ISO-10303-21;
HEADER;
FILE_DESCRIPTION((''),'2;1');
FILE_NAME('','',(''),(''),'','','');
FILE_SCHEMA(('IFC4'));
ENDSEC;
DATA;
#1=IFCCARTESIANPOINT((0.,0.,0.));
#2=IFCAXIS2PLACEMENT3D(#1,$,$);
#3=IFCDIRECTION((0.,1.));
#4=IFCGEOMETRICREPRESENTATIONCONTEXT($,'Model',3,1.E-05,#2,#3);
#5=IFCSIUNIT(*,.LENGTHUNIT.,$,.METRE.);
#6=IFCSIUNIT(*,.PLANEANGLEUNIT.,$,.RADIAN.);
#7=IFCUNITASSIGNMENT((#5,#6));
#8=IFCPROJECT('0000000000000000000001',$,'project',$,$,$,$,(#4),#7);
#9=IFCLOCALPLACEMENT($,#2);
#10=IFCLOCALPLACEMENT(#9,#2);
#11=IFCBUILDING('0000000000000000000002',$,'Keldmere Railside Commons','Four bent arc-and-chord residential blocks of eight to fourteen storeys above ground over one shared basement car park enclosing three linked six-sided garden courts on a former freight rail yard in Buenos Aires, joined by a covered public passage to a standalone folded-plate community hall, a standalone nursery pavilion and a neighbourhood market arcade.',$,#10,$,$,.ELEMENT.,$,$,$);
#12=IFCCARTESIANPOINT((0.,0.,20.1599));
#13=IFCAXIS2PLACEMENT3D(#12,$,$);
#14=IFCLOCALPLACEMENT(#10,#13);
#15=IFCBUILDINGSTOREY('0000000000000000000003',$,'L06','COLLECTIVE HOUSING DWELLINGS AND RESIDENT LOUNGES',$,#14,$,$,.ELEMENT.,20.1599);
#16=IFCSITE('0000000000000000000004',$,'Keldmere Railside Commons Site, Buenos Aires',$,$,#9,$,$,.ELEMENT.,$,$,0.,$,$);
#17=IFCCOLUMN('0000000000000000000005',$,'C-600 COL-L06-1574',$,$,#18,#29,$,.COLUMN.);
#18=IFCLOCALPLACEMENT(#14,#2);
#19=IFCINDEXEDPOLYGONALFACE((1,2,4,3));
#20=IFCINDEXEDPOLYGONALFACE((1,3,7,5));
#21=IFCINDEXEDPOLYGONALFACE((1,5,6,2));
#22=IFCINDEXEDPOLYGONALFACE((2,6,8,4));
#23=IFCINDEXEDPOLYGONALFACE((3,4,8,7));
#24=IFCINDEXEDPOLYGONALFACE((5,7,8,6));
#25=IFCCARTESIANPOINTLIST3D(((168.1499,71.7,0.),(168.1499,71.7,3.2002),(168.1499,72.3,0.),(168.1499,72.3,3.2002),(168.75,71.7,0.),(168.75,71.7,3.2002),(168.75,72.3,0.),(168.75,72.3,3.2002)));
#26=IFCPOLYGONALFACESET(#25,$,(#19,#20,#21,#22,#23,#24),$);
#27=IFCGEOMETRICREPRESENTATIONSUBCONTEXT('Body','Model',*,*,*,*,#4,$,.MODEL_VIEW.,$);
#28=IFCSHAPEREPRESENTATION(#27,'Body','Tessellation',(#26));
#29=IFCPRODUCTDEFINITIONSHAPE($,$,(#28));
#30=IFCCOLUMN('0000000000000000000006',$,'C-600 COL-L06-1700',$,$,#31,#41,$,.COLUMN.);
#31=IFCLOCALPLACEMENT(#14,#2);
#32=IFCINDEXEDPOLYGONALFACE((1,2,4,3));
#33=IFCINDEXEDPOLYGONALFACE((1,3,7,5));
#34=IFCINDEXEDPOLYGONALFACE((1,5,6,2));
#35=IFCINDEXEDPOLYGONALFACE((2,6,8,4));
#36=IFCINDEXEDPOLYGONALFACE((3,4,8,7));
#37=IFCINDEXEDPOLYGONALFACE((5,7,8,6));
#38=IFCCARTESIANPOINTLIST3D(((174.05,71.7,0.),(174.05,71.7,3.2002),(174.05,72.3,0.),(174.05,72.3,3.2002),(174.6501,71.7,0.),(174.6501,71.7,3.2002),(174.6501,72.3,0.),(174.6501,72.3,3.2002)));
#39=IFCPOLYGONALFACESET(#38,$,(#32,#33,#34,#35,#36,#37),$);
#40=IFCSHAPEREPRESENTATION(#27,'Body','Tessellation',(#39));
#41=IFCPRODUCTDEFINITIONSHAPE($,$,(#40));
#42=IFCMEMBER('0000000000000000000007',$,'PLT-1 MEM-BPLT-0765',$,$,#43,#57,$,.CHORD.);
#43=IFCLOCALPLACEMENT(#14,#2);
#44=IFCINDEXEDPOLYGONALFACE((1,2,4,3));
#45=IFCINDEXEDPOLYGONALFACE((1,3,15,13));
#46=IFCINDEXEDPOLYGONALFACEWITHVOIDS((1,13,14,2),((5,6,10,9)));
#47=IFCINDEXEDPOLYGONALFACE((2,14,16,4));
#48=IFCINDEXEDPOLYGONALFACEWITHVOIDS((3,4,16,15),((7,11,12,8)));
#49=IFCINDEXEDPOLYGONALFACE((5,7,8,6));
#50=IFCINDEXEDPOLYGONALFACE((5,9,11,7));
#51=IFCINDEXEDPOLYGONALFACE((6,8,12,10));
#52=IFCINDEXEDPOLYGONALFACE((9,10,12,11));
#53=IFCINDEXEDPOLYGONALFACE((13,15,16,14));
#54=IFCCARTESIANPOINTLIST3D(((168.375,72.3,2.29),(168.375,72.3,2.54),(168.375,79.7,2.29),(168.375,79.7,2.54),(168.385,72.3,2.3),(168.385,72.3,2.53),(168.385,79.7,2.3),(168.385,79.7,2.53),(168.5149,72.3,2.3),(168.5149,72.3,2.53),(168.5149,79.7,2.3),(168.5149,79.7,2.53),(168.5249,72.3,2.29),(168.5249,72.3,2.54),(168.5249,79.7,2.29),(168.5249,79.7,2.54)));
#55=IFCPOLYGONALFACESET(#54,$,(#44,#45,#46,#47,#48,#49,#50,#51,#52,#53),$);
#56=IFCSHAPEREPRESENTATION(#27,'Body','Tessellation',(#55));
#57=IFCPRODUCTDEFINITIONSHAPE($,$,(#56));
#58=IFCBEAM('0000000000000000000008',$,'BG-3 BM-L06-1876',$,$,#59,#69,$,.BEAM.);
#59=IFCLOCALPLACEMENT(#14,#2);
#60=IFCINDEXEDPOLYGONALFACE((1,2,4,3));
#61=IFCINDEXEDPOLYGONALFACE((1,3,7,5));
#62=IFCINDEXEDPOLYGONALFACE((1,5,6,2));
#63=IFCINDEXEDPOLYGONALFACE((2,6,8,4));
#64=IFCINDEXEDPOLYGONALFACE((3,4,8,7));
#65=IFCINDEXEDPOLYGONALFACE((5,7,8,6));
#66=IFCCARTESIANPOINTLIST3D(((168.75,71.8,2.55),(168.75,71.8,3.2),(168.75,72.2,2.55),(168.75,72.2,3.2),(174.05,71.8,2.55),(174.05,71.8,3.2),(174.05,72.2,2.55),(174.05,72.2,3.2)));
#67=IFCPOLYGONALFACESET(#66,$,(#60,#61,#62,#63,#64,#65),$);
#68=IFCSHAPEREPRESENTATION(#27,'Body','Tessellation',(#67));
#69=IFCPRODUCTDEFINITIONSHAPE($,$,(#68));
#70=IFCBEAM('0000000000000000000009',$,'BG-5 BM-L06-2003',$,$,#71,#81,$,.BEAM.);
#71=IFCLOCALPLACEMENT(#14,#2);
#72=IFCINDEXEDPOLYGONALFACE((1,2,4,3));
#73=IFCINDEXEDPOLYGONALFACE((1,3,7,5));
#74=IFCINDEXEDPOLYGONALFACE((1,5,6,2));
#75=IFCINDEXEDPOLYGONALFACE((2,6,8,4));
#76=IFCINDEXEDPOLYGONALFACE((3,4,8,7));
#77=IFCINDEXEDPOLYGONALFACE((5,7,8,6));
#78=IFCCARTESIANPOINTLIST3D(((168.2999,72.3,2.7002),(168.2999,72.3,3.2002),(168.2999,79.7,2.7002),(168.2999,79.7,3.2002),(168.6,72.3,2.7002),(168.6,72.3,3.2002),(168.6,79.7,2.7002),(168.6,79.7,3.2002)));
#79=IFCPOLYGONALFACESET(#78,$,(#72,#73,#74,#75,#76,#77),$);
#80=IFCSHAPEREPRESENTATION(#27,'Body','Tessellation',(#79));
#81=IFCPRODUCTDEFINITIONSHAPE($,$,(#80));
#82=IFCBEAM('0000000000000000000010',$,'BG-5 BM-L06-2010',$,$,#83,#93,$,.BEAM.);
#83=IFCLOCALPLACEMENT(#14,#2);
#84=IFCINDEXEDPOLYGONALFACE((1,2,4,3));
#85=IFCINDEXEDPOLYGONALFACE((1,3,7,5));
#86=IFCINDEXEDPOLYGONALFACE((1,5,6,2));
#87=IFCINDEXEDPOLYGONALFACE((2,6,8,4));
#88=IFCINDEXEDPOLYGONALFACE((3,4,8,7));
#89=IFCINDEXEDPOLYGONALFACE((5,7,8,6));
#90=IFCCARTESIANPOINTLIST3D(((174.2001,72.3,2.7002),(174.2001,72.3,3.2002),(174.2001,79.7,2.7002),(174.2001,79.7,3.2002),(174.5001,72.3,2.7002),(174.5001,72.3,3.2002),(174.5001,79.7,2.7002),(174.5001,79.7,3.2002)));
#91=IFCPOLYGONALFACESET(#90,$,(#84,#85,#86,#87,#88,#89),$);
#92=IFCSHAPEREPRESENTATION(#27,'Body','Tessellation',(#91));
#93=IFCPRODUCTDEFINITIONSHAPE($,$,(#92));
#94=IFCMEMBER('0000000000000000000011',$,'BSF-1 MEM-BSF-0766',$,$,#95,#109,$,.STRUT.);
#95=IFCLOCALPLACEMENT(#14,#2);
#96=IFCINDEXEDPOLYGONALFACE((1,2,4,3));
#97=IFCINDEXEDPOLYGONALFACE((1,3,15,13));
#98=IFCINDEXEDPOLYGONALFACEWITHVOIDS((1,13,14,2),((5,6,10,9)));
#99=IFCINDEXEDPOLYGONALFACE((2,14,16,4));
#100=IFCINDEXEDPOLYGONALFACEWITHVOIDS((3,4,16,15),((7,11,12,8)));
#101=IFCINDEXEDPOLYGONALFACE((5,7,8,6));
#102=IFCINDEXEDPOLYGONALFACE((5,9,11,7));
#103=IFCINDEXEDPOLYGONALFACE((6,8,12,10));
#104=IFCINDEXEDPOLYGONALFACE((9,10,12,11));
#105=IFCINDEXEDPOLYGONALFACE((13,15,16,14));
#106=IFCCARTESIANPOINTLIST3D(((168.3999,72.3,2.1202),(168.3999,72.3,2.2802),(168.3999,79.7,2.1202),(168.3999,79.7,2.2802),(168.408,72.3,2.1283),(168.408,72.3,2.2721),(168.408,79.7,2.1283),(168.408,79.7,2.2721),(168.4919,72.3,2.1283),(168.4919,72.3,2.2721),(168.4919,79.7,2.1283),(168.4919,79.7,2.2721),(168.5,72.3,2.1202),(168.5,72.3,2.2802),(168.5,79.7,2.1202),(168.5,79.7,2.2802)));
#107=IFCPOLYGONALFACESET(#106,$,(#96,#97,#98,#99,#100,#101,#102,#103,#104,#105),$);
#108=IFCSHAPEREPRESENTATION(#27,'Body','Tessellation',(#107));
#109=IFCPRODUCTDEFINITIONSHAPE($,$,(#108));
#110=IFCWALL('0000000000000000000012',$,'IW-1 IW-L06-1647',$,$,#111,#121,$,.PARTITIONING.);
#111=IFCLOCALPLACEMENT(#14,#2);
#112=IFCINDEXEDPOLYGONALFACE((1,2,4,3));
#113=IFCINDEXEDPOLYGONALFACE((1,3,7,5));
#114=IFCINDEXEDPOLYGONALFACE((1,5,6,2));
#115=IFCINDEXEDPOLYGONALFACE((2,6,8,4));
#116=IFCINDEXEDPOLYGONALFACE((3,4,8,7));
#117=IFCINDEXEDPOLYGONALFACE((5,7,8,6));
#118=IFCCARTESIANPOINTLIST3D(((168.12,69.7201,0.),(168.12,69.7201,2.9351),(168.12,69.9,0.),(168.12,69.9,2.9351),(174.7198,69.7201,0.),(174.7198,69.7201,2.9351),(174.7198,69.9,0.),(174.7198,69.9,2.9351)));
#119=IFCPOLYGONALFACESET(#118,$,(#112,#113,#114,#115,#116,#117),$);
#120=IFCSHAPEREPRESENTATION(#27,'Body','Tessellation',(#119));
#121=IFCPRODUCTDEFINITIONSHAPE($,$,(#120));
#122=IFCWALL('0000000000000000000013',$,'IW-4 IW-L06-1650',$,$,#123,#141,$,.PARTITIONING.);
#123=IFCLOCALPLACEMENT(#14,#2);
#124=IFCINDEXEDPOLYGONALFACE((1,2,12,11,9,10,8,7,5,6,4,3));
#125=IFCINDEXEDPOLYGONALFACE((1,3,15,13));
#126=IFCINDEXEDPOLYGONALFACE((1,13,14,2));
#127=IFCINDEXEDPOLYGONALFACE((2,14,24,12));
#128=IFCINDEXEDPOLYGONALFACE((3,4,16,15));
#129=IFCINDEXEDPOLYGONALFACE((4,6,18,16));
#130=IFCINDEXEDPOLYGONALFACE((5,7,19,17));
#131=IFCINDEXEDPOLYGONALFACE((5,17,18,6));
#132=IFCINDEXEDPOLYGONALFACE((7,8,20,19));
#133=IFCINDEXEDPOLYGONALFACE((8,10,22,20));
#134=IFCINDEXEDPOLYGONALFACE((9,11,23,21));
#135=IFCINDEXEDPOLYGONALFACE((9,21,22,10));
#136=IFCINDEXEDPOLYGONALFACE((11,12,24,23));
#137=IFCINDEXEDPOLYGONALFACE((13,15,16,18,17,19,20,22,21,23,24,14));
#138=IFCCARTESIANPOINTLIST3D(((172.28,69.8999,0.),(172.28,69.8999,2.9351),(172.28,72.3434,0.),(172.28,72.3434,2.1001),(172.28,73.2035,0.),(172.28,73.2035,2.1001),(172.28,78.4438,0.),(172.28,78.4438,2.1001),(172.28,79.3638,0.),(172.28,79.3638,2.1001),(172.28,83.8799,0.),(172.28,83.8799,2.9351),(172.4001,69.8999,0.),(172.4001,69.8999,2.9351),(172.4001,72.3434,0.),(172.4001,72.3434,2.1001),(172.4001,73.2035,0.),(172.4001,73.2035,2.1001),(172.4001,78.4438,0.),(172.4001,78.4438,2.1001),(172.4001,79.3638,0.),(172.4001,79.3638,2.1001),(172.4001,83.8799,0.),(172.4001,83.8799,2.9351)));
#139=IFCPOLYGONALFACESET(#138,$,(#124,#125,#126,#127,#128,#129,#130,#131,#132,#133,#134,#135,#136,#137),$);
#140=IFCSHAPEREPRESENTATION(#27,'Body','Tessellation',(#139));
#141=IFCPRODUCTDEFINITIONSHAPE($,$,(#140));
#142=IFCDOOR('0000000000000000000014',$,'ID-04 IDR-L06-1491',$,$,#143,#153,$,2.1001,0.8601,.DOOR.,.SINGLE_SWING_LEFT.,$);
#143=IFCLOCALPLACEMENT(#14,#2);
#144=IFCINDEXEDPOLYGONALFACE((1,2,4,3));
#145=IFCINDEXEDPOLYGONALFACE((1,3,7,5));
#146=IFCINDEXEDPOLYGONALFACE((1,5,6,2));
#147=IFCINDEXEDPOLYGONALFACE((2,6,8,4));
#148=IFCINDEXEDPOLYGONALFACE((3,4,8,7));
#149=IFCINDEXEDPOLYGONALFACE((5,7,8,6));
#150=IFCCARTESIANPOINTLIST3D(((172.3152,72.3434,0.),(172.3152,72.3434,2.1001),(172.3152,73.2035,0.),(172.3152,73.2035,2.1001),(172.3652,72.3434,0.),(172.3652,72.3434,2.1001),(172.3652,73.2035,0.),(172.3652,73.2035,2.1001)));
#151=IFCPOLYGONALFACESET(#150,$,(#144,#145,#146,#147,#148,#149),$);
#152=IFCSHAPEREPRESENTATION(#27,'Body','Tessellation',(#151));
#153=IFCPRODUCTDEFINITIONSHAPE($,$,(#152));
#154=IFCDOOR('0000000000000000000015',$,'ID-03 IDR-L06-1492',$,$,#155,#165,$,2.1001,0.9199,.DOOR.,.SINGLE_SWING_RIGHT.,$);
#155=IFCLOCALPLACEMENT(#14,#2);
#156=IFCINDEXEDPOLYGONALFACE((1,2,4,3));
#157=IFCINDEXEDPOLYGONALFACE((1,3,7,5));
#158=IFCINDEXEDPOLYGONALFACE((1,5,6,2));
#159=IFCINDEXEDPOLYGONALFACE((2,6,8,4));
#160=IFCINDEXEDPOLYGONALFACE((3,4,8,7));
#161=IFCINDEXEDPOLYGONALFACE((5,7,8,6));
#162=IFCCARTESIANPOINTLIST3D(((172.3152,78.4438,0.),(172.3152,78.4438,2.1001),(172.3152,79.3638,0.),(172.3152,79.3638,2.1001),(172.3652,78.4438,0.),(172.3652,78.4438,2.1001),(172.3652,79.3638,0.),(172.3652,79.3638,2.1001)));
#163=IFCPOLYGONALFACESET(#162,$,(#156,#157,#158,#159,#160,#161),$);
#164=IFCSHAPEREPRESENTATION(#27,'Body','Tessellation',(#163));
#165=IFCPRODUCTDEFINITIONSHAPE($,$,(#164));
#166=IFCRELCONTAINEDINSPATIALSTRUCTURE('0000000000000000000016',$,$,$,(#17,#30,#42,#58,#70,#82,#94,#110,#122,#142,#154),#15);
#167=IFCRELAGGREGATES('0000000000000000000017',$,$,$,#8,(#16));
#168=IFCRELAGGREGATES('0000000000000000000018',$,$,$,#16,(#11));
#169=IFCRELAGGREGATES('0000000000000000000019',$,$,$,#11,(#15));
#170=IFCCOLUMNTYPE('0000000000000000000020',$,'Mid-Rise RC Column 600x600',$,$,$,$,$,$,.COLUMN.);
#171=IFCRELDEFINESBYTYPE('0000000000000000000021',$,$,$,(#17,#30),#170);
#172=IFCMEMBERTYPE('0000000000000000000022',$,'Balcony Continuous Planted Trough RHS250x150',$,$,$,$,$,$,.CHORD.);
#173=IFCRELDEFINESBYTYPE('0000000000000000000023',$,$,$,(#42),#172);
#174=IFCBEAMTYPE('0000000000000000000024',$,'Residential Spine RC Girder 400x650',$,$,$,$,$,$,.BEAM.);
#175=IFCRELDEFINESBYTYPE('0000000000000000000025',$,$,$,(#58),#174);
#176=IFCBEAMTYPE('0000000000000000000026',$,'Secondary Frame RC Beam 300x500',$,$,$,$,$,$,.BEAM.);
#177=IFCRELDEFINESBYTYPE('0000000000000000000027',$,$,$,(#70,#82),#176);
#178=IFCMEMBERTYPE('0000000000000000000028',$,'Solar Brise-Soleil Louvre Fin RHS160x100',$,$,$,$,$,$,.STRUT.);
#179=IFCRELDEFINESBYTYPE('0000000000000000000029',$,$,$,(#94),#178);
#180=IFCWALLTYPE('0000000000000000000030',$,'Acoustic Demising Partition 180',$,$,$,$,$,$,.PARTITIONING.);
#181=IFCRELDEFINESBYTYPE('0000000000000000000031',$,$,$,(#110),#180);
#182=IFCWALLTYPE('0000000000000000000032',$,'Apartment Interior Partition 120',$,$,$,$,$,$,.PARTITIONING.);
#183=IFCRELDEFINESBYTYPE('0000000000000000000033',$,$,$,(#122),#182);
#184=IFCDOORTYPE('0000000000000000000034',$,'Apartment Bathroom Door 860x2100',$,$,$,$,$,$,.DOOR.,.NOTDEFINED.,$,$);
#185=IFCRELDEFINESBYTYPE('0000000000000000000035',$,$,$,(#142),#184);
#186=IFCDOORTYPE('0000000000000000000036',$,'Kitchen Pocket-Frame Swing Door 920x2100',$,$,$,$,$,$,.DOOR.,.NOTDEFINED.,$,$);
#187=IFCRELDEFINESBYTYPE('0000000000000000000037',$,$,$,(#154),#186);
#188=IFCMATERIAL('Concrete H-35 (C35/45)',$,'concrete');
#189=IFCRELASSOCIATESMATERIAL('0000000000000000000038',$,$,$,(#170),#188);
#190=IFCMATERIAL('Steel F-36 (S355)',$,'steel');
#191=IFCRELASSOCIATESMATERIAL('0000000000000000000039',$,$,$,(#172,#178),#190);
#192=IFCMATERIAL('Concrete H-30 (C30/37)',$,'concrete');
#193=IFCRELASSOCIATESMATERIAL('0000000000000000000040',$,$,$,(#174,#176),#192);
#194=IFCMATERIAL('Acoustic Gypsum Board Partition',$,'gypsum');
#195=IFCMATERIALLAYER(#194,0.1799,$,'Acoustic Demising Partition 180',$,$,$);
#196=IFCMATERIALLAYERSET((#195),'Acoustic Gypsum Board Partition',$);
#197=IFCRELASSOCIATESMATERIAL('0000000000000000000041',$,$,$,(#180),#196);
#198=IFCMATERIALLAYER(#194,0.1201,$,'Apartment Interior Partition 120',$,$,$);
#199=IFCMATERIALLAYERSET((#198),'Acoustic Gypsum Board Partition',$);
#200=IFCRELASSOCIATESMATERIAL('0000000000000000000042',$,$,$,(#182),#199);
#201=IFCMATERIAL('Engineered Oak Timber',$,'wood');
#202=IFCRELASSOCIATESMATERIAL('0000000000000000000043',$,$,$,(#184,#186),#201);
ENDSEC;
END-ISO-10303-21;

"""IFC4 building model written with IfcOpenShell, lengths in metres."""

from ifc_helpers import new_model, si_unit, direction, frame, frame_2d, origin, origin_2d, place, context, subcontext, project, spatial, rectangle, hollow_rectangle, extrude, material, layer, layer_set, material_profile, profile_set, type_object, element, fill, save


model = new_model("IFC4")

# Units and contexts
model_context = context("Model", 3, precision=1e-05, world=origin(), true_north=direction((0.0, 1.0)))
body_context = subcontext(model_context, "Body", "Model", "MODEL_VIEW")
ifc_project = project(units=[si_unit("LENGTHUNIT", "METRE"), si_unit("PLANEANGLEUNIT", "RADIAN")], contexts=[model_context])

# Site, building, storey
site_placement = place(None, origin())
site = spatial("IfcSite", under=ifc_project, at=site_placement, Name="Keldmere Railside Commons Site, Buenos Aires", CompositionType="ELEMENT", RefElevation=0.0)
building_placement = place(site_placement, origin())
building = spatial("IfcBuilding", under=site, at=building_placement, Name="Keldmere Railside Commons", Description="Four bent arc-and-chord residential blocks of eight to fourteen storeys above ground over one shared basement car park enclosing three linked six-sided garden courts on a former freight rail yard in Buenos Aires, joined by a covered public passage to a standalone folded-plate community hall, a standalone nursery pavilion and a neighbourhood market arcade.", CompositionType="ELEMENT")
storey_placement = place(building_placement, frame((0.0, 0.0, 20.1599)))
storey = spatial("IfcBuildingStorey", under=building, at=storey_placement, Name="L06", Description="COLLECTIVE HOUSING DWELLINGS AND RESIDENT LOUNGES", CompositionType="ELEMENT", Elevation=20.1599)

# Columns
ifc_material_1 = material(Name="Concrete H-35 (C35/45)", Category="concrete")
ifc_material_profile_1 = material_profile(ifc_material_1, rectangle(XDim=0.6001, YDim=0.6001, at=origin_2d()), Name="RC-600x600")
ifc_profile_set_1 = profile_set([ifc_material_profile_1], Name="Concrete H-35 (C35/45)")
column_type = type_object("IfcColumnType", Name="Mid-Rise RC Column 600x600", PredefinedType="COLUMN", material=ifc_profile_set_1)
for number, where, z_axis, x_axis, name in (
    (1, (168.45, 72.0, 0.0), (0.0, 0.0, 1.0), (1.0, 0.0, 0.0), "C-600 COL-L06-1574"),
    (2, (174.3501, 72.0, 0.0), (0.0, 0.0, 1.0), (1.0, 0.0, 0.0), "C-600 COL-L06-1700"),
):
    element("IfcColumn", number, at=place(storey_placement, frame(where, z_axis=z_axis, x_axis=x_axis)), inside=storey, type_object=column_type, Name=name, PredefinedType="COLUMN", context=body_context, shape_type="SweptSolid", body=[
        extrude(rectangle(XDim=0.6001, YDim=0.6001, at=origin_2d()), origin(), (0.0, 0.0, 1.0), 3.2002),
    ])

# Member
ifc_material_2 = material(Name="Steel F-36 (S355)", Category="steel")
ifc_material_profile_2 = material_profile(ifc_material_2, hollow_rectangle(XDim=0.1499, YDim=0.25, WallThickness=0.01, at=origin_2d()), Name="RHS-250x150x10")
ifc_profile_set_2 = profile_set([ifc_material_profile_2], Name="Steel F-36 (S355)")
member_type_1 = type_object("IfcMemberType", Name="Balcony Continuous Planted Trough RHS250x150", PredefinedType="CHORD", material=ifc_profile_set_2)
member_1_placement = place(storey_placement, frame((168.45, 72.3, 2.415), z_axis=(0.0, 1.0, 0.0), x_axis=(-1.0, 0.0, 0.0)))
element("IfcMember", 3, at=member_1_placement, inside=storey, type_object=member_type_1, Name="PLT-1 MEM-BPLT-0765", PredefinedType="CHORD", context=body_context, shape_type="SweptSolid", body=[
    extrude(hollow_rectangle(XDim=0.1499, YDim=0.25, WallThickness=0.01, at=origin_2d()), origin(), (0.0, 0.0, 1.0), 7.3999),
])

# Beams
ifc_material_3 = material(Name="Concrete H-30 (C30/37)", Category="concrete")
ifc_material_profile_3 = material_profile(ifc_material_3, rectangle(XDim=0.3999, YDim=0.6499, at=origin_2d()), Name="RC-400x650")
ifc_profile_set_3 = profile_set([ifc_material_profile_3], Name="Concrete H-30 (C30/37)")
beam_type_1 = type_object("IfcBeamType", Name="Residential Spine RC Girder 400x650", PredefinedType="BEAM", material=ifc_profile_set_3)
beam_placement = place(storey_placement, frame((168.75, 72.0, 2.875), z_axis=(1.0, 0.0, 0.0), x_axis=(0.0, 1.0, 0.0)))
element("IfcBeam", 4, at=beam_placement, inside=storey, type_object=beam_type_1, Name="BG-3 BM-L06-1876", PredefinedType="BEAM", context=body_context, shape_type="SweptSolid", body=[
    extrude(rectangle(XDim=0.3999, YDim=0.6499, at=origin_2d()), origin(), (0.0, 0.0, 1.0), 5.3),
])
ifc_material_profile_4 = material_profile(ifc_material_3, rectangle(XDim=0.3, YDim=0.5, at=origin_2d()), Name="RC-300x500")
ifc_profile_set_4 = profile_set([ifc_material_profile_4], Name="Concrete H-30 (C30/37)")
beam_type_2 = type_object("IfcBeamType", Name="Secondary Frame RC Beam 300x500", PredefinedType="BEAM", material=ifc_profile_set_4)
for number, where, z_axis, x_axis, name in (
    (5, (168.45, 72.3, 2.9502), (0.0, 1.0, 0.0), (-1.0, 0.0, 0.0), "BG-5 BM-L06-2003"),
    (6, (174.3501, 72.3, 2.9502), (0.0, 1.0, 0.0), (-1.0, 0.0, 0.0), "BG-5 BM-L06-2010"),
):
    element("IfcBeam", number, at=place(storey_placement, frame(where, z_axis=z_axis, x_axis=x_axis)), inside=storey, type_object=beam_type_2, Name=name, PredefinedType="BEAM", context=body_context, shape_type="SweptSolid", body=[
        extrude(rectangle(XDim=0.3, YDim=0.5, at=origin_2d()), origin(), (0.0, 0.0, 1.0), 7.3999),
    ])

# Member
ifc_material_profile_5 = material_profile(ifc_material_2, hollow_rectangle(XDim=0.1001, YDim=0.1599, WallThickness=0.0081, at=origin_2d()), Name="RHS-160x100x8")
ifc_profile_set_5 = profile_set([ifc_material_profile_5], Name="Steel F-36 (S355)")
member_type_2 = type_object("IfcMemberType", Name="Solar Brise-Soleil Louvre Fin RHS160x100", PredefinedType="STRUT", material=ifc_profile_set_5)
member_2_placement = place(storey_placement, frame((168.45, 72.3, 2.2002), z_axis=(0.0, 1.0, 0.0), x_axis=(-1.0, 0.0, 0.0)))
element("IfcMember", 7, at=member_2_placement, inside=storey, type_object=member_type_2, Name="BSF-1 MEM-BSF-0766", PredefinedType="STRUT", context=body_context, shape_type="SweptSolid", body=[
    extrude(hollow_rectangle(XDim=0.1001, YDim=0.1599, WallThickness=0.0081, at=origin_2d()), origin(), (0.0, 0.0, 1.0), 7.3999),
])

# Wall
ifc_material_4 = material(Name="Acoustic Gypsum Board Partition", Category="gypsum")
ifc_layer_1 = layer(ifc_material_4, 0.1799, Name="Acoustic Demising Partition 180")
ifc_layer_set_1 = layer_set([ifc_layer_1], Name="Acoustic Gypsum Board Partition")
wall_type_1 = type_object("IfcWallType", Name="Acoustic Demising Partition 180", PredefinedType="PARTITIONING", material=ifc_layer_set_1)
wall_1_placement = place(storey_placement, frame((168.1201, 69.8101, 0.0), z_axis=(0.0, 0.0, 1.0), x_axis=(1.0, 0.0, 0.0)))
element("IfcWall", 8, at=wall_1_placement, inside=storey, type_object=wall_type_1, Name="IW-1 IW-L06-1647", PredefinedType="PARTITIONING", context=body_context, shape_type="SweptSolid", body=[
    extrude(rectangle(XDim=6.5999, YDim=0.1799, at=frame_2d((3.2998, 0.0))), origin(), (0.0, 0.0, 1.0), 2.9351),
])

# Wall, openings, doors
ifc_layer_2 = layer(ifc_material_4, 0.1201, Name="Apartment Interior Partition 120")
ifc_layer_set_2 = layer_set([ifc_layer_2], Name="Acoustic Gypsum Board Partition")
wall_type_2 = type_object("IfcWallType", Name="Apartment Interior Partition 120", PredefinedType="PARTITIONING", material=ifc_layer_set_2)
wall_2_placement = place(storey_placement, frame((172.3401, 69.8999, 0.0), z_axis=(0.0, 0.0, 1.0), x_axis=(0.0, 1.0, 0.0)))
wall_2 = element("IfcWall", 9, at=wall_2_placement, inside=storey, type_object=wall_type_2, Name="IW-4 IW-L06-1650", PredefinedType="PARTITIONING", context=body_context, shape_type="SweptSolid", body=[
    extrude(rectangle(XDim=13.98, YDim=0.1201, at=frame_2d((6.99, 0.0))), origin(), (0.0, 0.0, 1.0), 2.9351),
])
opening_1_placement = place(wall_2_placement, frame((2.4434, 0.0, 0.0)))
opening_1 = element("IfcOpeningElement", 10, at=opening_1_placement, cuts=wall_2, PredefinedType="OPENING", context=body_context, shape_type="SweptSolid", body=[
    extrude(rectangle(XDim=0.8601, YDim=2.1001, at=frame_2d((0.4302, 1.05))), frame((0.0, 0.0701, 0.0), z_axis=(0.0, -1.0, 0.0), x_axis=(1.0, 0.0, 0.0)), (0.0, 0.0, 1.0), 0.1401),
])
opening_2_placement = place(wall_2_placement, frame((8.5439, 0.0, 0.0)))
opening_2 = element("IfcOpeningElement", 11, at=opening_2_placement, cuts=wall_2, PredefinedType="OPENING", context=body_context, shape_type="SweptSolid", body=[
    extrude(rectangle(XDim=0.9199, YDim=2.1001, at=frame_2d((0.46, 1.05))), frame((0.0, 0.0701, 0.0), z_axis=(0.0, -1.0, 0.0), x_axis=(1.0, 0.0, 0.0)), (0.0, 0.0, 1.0), 0.1401),
])
ifc_material_5 = material(Name="Engineered Oak Timber", Category="wood")
door_type_1 = type_object("IfcDoorType", Name="Apartment Bathroom Door 860x2100", OperationType="NOTDEFINED", PredefinedType="DOOR", material=ifc_material_5)
door_1_placement = place(opening_1_placement, origin())
door_1 = element("IfcDoor", 12, at=door_1_placement, inside=storey, type_object=door_type_1, Name="ID-04 IDR-L06-1491", OperationType="SINGLE_SWING_LEFT", OverallHeight=2.1001, OverallWidth=0.8601, PredefinedType="DOOR", context=body_context, shape_type="SweptSolid", body=[
    extrude(rectangle(XDim=0.8601, YDim=2.1001, at=frame_2d((0.4302, 1.05))), frame((0.0, 0.0249, 0.0), z_axis=(0.0, -1.0, 0.0), x_axis=(1.0, 0.0, 0.0)), (0.0, 0.0, 1.0), 0.05),
])
fill(opening_1, door_1)
door_type_2 = type_object("IfcDoorType", Name="Kitchen Pocket-Frame Swing Door 920x2100", OperationType="NOTDEFINED", PredefinedType="DOOR", material=ifc_material_5)
door_2_placement = place(opening_2_placement, origin())
door_2 = element("IfcDoor", 13, at=door_2_placement, inside=storey, type_object=door_type_2, Name="ID-03 IDR-L06-1492", OperationType="SINGLE_SWING_RIGHT", OverallHeight=2.1001, OverallWidth=0.9199, PredefinedType="DOOR", context=body_context, shape_type="SweptSolid", body=[
    extrude(rectangle(XDim=0.9199, YDim=2.1001, at=frame_2d((0.46, 1.05))), frame((0.0, 0.0249, 0.0), z_axis=(0.0, -1.0, 0.0), x_axis=(1.0, 0.0, 0.0)), (0.0, 0.0, 1.0), 0.05),
])
fill(opening_2, door_2)

save(model, "model.ifc")
